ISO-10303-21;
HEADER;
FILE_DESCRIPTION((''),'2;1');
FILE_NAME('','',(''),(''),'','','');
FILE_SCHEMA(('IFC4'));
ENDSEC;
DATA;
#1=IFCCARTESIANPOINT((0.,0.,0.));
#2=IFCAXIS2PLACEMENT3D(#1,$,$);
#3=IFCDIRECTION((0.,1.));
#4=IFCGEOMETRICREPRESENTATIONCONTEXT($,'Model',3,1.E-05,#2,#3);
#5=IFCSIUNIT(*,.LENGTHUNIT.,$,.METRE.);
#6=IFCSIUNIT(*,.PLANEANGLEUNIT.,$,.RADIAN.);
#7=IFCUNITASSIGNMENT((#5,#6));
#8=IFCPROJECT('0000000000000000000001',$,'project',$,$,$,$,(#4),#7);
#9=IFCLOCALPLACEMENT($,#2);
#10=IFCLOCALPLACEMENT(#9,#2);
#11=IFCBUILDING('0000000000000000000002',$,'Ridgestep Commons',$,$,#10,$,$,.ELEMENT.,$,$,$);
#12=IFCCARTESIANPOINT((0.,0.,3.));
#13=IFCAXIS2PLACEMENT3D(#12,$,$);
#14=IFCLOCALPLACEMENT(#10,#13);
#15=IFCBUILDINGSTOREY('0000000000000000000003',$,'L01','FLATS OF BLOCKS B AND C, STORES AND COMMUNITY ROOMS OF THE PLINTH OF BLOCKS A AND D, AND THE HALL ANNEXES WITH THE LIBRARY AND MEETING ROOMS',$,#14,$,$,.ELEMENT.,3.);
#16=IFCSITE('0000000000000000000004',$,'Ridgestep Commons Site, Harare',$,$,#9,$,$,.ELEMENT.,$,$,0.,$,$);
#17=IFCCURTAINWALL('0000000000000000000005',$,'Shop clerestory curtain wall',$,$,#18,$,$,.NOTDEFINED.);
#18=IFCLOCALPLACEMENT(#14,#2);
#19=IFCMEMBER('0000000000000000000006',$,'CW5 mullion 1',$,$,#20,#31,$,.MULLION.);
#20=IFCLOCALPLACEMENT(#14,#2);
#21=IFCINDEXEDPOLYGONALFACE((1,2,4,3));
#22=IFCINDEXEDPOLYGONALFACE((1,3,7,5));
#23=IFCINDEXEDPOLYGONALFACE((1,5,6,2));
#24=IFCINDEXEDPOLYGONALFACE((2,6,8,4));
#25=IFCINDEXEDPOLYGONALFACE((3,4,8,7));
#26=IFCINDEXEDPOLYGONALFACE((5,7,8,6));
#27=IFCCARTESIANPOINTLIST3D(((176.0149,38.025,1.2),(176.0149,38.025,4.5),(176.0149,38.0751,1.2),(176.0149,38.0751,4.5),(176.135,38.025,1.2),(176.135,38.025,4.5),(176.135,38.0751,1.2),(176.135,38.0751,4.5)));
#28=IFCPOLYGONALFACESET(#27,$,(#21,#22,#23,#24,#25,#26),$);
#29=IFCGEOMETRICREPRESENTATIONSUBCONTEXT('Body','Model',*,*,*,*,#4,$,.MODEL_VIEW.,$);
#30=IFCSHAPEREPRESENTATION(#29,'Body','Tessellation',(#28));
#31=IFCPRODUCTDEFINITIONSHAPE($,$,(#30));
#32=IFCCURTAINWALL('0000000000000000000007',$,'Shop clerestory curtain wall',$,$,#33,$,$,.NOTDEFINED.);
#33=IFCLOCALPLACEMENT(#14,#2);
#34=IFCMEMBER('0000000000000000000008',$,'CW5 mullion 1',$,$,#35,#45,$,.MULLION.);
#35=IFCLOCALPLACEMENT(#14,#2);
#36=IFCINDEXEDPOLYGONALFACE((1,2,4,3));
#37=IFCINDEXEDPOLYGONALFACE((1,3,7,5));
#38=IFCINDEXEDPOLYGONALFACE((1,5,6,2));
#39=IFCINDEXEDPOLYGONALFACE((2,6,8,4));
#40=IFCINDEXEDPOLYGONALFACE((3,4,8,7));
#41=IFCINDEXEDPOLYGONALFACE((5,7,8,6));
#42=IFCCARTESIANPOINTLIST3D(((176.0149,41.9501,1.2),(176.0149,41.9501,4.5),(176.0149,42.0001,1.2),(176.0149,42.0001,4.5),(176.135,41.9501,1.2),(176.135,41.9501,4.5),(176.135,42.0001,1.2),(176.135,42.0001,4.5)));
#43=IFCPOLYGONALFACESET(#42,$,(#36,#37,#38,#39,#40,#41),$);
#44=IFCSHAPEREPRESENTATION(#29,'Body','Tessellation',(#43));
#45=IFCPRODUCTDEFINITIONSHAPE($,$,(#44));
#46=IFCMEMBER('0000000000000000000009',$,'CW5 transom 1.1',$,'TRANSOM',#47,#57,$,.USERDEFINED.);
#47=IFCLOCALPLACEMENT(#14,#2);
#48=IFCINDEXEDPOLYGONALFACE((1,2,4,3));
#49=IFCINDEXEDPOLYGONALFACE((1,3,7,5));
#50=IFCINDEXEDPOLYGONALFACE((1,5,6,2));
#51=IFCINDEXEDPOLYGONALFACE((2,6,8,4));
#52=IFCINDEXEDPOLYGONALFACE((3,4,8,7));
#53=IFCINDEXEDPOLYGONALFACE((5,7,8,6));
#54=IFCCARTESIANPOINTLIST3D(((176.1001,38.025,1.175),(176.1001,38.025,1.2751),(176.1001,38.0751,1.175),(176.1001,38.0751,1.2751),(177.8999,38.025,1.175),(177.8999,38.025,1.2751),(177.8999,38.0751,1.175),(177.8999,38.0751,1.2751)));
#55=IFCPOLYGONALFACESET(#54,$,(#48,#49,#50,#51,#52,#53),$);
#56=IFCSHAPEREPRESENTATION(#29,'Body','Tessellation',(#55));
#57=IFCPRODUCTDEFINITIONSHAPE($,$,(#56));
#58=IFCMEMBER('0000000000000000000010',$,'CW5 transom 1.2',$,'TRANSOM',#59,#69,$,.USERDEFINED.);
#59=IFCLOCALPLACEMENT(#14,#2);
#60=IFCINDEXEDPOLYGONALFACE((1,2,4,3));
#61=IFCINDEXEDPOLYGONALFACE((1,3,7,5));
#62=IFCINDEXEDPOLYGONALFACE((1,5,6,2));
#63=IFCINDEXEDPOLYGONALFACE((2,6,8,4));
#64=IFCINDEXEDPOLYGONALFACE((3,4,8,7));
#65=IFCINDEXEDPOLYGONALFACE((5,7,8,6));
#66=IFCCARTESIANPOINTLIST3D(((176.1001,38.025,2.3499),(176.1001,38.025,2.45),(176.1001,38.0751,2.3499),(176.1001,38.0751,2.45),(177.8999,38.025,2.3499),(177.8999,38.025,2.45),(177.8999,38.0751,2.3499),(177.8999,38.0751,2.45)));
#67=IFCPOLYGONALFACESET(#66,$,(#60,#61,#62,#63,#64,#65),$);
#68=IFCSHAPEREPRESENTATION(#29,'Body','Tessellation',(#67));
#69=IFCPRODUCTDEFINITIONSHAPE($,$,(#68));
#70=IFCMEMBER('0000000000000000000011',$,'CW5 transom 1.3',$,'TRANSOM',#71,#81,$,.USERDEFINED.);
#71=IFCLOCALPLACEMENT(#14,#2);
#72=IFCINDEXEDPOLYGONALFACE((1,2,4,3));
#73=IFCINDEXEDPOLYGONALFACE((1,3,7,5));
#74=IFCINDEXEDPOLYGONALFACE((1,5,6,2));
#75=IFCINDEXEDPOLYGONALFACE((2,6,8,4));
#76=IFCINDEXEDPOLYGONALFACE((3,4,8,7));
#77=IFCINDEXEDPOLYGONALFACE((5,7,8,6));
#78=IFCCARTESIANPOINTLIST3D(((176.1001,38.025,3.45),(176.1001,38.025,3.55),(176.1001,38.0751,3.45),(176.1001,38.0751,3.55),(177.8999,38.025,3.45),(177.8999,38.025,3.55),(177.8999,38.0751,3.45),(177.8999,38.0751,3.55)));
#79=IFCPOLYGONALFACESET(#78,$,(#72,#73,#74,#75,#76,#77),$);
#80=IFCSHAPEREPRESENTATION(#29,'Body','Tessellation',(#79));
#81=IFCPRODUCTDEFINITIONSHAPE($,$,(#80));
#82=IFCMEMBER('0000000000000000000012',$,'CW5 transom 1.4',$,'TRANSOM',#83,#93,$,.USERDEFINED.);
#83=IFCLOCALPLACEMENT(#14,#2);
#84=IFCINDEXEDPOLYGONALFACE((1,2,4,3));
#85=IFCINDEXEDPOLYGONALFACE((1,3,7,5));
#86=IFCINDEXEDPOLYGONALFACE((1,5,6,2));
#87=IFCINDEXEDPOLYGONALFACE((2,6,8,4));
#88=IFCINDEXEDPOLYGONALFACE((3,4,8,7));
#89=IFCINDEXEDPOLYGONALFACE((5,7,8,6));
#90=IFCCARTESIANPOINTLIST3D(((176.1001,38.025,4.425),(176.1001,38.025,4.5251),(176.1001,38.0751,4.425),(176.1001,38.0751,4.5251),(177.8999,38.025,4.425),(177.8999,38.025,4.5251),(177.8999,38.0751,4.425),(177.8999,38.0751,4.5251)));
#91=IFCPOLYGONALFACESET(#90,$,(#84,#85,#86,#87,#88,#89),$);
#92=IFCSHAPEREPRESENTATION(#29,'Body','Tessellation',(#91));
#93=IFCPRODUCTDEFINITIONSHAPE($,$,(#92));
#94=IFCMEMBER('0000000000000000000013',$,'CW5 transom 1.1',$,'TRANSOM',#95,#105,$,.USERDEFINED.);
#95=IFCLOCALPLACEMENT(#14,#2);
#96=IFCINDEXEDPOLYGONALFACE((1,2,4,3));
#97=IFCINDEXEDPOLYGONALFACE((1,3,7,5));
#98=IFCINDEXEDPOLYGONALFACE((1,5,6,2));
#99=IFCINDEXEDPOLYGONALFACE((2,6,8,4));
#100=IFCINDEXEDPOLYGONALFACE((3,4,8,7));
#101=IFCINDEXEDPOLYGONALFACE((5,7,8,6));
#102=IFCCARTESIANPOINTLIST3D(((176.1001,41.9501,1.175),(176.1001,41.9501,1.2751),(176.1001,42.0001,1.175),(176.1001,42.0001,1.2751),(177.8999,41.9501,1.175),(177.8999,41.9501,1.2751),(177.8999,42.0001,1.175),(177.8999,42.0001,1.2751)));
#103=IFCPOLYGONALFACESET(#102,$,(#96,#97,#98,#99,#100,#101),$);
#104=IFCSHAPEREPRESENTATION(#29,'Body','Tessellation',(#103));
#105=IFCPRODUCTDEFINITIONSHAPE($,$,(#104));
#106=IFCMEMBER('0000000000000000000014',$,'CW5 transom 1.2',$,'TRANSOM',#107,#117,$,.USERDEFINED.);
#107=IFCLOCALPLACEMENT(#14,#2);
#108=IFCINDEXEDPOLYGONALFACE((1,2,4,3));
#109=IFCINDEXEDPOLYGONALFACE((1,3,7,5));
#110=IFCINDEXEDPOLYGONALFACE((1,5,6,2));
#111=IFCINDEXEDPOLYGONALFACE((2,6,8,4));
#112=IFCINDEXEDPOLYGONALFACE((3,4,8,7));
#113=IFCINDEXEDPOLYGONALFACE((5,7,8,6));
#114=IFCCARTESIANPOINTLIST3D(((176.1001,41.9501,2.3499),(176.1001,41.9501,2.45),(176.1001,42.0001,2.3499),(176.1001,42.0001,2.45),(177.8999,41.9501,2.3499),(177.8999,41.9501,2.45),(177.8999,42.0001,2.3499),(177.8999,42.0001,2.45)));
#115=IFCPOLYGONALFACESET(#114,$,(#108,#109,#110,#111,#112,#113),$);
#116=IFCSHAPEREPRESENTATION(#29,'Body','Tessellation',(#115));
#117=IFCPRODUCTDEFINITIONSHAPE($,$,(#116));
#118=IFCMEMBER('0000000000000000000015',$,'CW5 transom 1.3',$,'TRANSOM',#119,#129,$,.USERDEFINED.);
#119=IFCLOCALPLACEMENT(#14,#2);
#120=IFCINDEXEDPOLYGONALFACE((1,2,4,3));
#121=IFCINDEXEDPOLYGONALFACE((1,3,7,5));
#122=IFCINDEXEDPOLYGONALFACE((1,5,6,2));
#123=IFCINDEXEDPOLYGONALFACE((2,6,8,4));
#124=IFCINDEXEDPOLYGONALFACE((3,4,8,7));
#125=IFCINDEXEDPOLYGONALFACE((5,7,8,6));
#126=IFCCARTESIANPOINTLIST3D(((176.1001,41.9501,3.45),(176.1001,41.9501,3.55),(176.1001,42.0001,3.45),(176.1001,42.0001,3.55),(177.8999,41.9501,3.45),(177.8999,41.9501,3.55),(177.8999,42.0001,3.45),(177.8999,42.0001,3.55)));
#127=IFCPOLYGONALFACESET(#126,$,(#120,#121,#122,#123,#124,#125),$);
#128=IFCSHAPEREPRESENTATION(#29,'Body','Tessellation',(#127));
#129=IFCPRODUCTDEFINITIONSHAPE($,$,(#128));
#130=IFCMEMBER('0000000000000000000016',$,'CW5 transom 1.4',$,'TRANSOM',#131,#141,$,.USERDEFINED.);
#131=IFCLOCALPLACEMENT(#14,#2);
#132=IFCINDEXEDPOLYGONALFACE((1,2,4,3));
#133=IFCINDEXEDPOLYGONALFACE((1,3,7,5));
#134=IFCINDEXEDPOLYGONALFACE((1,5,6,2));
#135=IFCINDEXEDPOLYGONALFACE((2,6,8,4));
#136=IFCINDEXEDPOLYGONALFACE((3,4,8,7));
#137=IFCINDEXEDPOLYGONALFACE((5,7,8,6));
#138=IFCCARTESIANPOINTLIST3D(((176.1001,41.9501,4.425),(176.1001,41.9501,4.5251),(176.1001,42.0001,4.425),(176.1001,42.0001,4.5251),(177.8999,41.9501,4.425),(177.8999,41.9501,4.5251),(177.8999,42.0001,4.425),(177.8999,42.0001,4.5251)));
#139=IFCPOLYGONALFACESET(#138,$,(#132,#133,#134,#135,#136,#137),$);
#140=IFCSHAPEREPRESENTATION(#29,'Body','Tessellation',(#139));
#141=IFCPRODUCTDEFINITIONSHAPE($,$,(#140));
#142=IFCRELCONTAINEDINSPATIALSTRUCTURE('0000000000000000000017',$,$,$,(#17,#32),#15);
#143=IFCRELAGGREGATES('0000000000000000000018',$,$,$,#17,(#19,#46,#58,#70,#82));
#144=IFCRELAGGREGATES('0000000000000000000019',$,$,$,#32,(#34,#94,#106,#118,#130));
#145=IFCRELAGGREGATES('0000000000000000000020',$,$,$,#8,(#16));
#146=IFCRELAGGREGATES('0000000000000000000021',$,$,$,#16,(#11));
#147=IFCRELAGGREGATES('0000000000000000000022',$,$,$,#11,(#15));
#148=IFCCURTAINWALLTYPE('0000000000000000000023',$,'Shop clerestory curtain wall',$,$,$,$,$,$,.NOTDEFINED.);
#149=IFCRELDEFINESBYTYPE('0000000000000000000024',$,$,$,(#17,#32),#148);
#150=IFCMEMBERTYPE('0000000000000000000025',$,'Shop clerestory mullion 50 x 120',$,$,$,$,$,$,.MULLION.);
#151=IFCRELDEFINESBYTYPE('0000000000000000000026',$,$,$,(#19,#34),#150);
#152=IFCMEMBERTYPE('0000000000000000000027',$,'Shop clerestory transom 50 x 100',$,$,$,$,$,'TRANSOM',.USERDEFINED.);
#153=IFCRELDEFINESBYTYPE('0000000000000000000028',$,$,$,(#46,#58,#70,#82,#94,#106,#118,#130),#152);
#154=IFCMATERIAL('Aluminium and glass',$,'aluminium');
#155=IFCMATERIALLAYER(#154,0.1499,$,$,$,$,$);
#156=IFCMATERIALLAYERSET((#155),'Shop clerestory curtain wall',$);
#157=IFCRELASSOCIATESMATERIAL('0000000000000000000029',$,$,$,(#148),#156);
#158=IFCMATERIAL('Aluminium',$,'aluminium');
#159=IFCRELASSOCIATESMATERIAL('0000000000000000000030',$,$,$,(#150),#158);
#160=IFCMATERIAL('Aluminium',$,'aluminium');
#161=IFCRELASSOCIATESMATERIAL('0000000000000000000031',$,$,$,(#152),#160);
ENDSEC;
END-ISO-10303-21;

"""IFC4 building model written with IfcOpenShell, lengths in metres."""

from ifc_helpers import new_model, si_unit, direction, frame, origin, origin_2d, place, context, subcontext, project, spatial, rectangle, extrude, material, layer, layer_set, material_profile, profile_set, type_object, element, aggregate, save


model = new_model("IFC4")

# Units and contexts
model_context = context("Model", 3, precision=1e-05, world=origin(), true_north=direction((0.0, 1.0)))
body_context = subcontext(model_context, "Body", "Model", "MODEL_VIEW")
ifc_project = project(units=[si_unit("LENGTHUNIT", "METRE"), si_unit("PLANEANGLEUNIT", "RADIAN")], contexts=[model_context])

# Site, building, storey
site_placement = place(None, origin())
site = spatial("IfcSite", under=ifc_project, at=site_placement, Name="Ridgestep Commons Site, Harare", CompositionType="ELEMENT", RefElevation=0.0)
building_placement = place(site_placement, origin())
building = spatial("IfcBuilding", under=site, at=building_placement, Name="Ridgestep Commons", CompositionType="ELEMENT")
storey_placement = place(building_placement, frame((0.0, 0.0, 3.0)))
storey = spatial("IfcBuildingStorey", under=building, at=storey_placement, Name="L01", Description="FLATS OF BLOCKS B AND C, STORES AND COMMUNITY ROOMS OF THE PLINTH OF BLOCKS A AND D, AND THE HALL ANNEXES WITH THE LIBRARY AND MEETING ROOMS", CompositionType="ELEMENT", Elevation=3.0)

# Curtain walls, members
ifc_material_1 = material(Name="Aluminium and glass", Category="aluminium")
ifc_layer_1 = layer(ifc_material_1, 0.1499)
ifc_layer_set_1 = layer_set([ifc_layer_1], Name="Shop clerestory curtain wall")
curtain_wall_type = type_object("IfcCurtainWallType", Name="Shop clerestory curtain wall", PredefinedType="NOTDEFINED", material=ifc_layer_set_1)
curtain_wall_1_placement = place(storey_placement, origin())
curtain_wall_1 = element("IfcCurtainWall", 1, at=curtain_wall_1_placement, inside=storey, type_object=curtain_wall_type, Name="Shop clerestory curtain wall", PredefinedType="NOTDEFINED")
ifc_material_2 = material(Name="Aluminium", Category="aluminium")
ifc_material_profile_1 = material_profile(ifc_material_2, rectangle(XDim=0.05, YDim=0.1201, at=origin_2d()), Name="Shop clerestory mullion 50 x 120")
ifc_profile_set_1 = profile_set([ifc_material_profile_1], Name="Aluminium")
member_type_1 = type_object("IfcMemberType", Name="Shop clerestory mullion 50 x 120", PredefinedType="MULLION", material=ifc_profile_set_1)
member_1_placement = place(storey_placement, frame((176.075, 38.05, 1.2), z_axis=(0.0, 0.0, 1.0), x_axis=(0.0, 1.0, 0.0)))
member_1 = element("IfcMember", 2, at=member_1_placement, type_object=member_type_1, Name="CW5 mullion 1", PredefinedType="MULLION", context=body_context, shape_type="SweptSolid", body=[
    extrude(rectangle(XDim=0.05, YDim=0.1201, at=origin_2d()), origin(), (0.0, 0.0, 1.0), 3.3),
])
curtain_wall_2_placement = place(storey_placement, origin())
curtain_wall_2 = element("IfcCurtainWall", 3, at=curtain_wall_2_placement, inside=storey, type_object=curtain_wall_type, Name="Shop clerestory curtain wall", PredefinedType="NOTDEFINED")
member_2_placement = place(storey_placement, frame((176.075, 41.9751, 1.2), z_axis=(0.0, 0.0, 1.0), x_axis=(0.0, 1.0, 0.0)))
member_2 = element("IfcMember", 4, at=member_2_placement, type_object=member_type_1, Name="CW5 mullion 1", PredefinedType="MULLION", context=body_context, shape_type="SweptSolid", body=[
    extrude(rectangle(XDim=0.05, YDim=0.1201, at=origin_2d()), origin(), (0.0, 0.0, 1.0), 3.3),
])

# Members
ifc_material_3 = material(Name="Aluminium", Category="aluminium")
ifc_material_profile_2 = material_profile(ifc_material_3, rectangle(XDim=0.05, YDim=0.1001, at=origin_2d()), Name="Shop clerestory transom 50 x 100")
ifc_profile_set_2 = profile_set([ifc_material_profile_2], Name="Aluminium")
member_type_2 = type_object("IfcMemberType", Name="Shop clerestory transom 50 x 100", ElementType="TRANSOM", PredefinedType="USERDEFINED", material=ifc_profile_set_2)
member_3_placement = place(storey_placement, frame((176.1001, 38.05, 1.2251), z_axis=(1.0, 0.0, 0.0), x_axis=(0.0, 1.0, 0.0)))
member_3 = element("IfcMember", 5, at=member_3_placement, type_object=member_type_2, Name="CW5 transom 1.1", ObjectType="TRANSOM", PredefinedType="USERDEFINED", context=body_context, shape_type="SweptSolid", body=[
    extrude(rectangle(XDim=0.05, YDim=0.1001, at=origin_2d()), origin(), (0.0, 0.0, 1.0), 1.7998),
])
member_4_placement = place(storey_placement, frame((176.1001, 38.05, 2.3999), z_axis=(1.0, 0.0, 0.0), x_axis=(0.0, 1.0, 0.0)))
member_4 = element("IfcMember", 6, at=member_4_placement, type_object=member_type_2, Name="CW5 transom 1.2", ObjectType="TRANSOM", PredefinedType="USERDEFINED", context=body_context, shape_type="SweptSolid", body=[
    extrude(rectangle(XDim=0.05, YDim=0.1001, at=origin_2d()), origin(), (0.0, 0.0, 1.0), 1.7998),
])
member_5_placement = place(storey_placement, frame((176.1001, 38.05, 3.5), z_axis=(1.0, 0.0, 0.0), x_axis=(0.0, 1.0, 0.0)))
member_5 = element("IfcMember", 7, at=member_5_placement, type_object=member_type_2, Name="CW5 transom 1.3", ObjectType="TRANSOM", PredefinedType="USERDEFINED", context=body_context, shape_type="SweptSolid", body=[
    extrude(rectangle(XDim=0.05, YDim=0.1001, at=origin_2d()), origin(), (0.0, 0.0, 1.0), 1.7998),
])
member_6_placement = place(storey_placement, frame((176.1001, 38.05, 4.4751), z_axis=(1.0, 0.0, 0.0), x_axis=(0.0, 1.0, 0.0)))
member_6 = element("IfcMember", 8, at=member_6_placement, type_object=member_type_2, Name="CW5 transom 1.4", ObjectType="TRANSOM", PredefinedType="USERDEFINED", context=body_context, shape_type="SweptSolid", body=[
    extrude(rectangle(XDim=0.05, YDim=0.1001, at=origin_2d()), origin(), (0.0, 0.0, 1.0), 1.7998),
])
member_7_placement = place(storey_placement, frame((176.1001, 41.9751, 1.2251), z_axis=(1.0, 0.0, 0.0), x_axis=(0.0, 1.0, 0.0)))
member_7 = element("IfcMember", 9, at=member_7_placement, type_object=member_type_2, Name="CW5 transom 1.1", ObjectType="TRANSOM", PredefinedType="USERDEFINED", context=body_context, shape_type="SweptSolid", body=[
    extrude(rectangle(XDim=0.05, YDim=0.1001, at=origin_2d()), origin(), (0.0, 0.0, 1.0), 1.7998),
])
member_8_placement = place(storey_placement, frame((176.1001, 41.9751, 2.3999), z_axis=(1.0, 0.0, 0.0), x_axis=(0.0, 1.0, 0.0)))
member_8 = element("IfcMember", 10, at=member_8_placement, type_object=member_type_2, Name="CW5 transom 1.2", ObjectType="TRANSOM", PredefinedType="USERDEFINED", context=body_context, shape_type="SweptSolid", body=[
    extrude(rectangle(XDim=0.05, YDim=0.1001, at=origin_2d()), origin(), (0.0, 0.0, 1.0), 1.7998),
])
member_9_placement = place(storey_placement, frame((176.1001, 41.9751, 3.5), z_axis=(1.0, 0.0, 0.0), x_axis=(0.0, 1.0, 0.0)))
member_9 = element("IfcMember", 11, at=member_9_placement, type_object=member_type_2, Name="CW5 transom 1.3", ObjectType="TRANSOM", PredefinedType="USERDEFINED", context=body_context, shape_type="SweptSolid", body=[
    extrude(rectangle(XDim=0.05, YDim=0.1001, at=origin_2d()), origin(), (0.0, 0.0, 1.0), 1.7998),
])
member_10_placement = place(storey_placement, frame((176.1001, 41.9751, 4.4751), z_axis=(1.0, 0.0, 0.0), x_axis=(0.0, 1.0, 0.0)))
member_10 = element("IfcMember", 12, at=member_10_placement, type_object=member_type_2, Name="CW5 transom 1.4", ObjectType="TRANSOM", PredefinedType="USERDEFINED", context=body_context, shape_type="SweptSolid", body=[
    extrude(rectangle(XDim=0.05, YDim=0.1001, at=origin_2d()), origin(), (0.0, 0.0, 1.0), 1.7998),
])

aggregate(curtain_wall_1, [member_1, member_3, member_4, member_5, member_6])
aggregate(curtain_wall_2, [member_2, member_7, member_8, member_9, member_10])

save(model, "model.ifc")
